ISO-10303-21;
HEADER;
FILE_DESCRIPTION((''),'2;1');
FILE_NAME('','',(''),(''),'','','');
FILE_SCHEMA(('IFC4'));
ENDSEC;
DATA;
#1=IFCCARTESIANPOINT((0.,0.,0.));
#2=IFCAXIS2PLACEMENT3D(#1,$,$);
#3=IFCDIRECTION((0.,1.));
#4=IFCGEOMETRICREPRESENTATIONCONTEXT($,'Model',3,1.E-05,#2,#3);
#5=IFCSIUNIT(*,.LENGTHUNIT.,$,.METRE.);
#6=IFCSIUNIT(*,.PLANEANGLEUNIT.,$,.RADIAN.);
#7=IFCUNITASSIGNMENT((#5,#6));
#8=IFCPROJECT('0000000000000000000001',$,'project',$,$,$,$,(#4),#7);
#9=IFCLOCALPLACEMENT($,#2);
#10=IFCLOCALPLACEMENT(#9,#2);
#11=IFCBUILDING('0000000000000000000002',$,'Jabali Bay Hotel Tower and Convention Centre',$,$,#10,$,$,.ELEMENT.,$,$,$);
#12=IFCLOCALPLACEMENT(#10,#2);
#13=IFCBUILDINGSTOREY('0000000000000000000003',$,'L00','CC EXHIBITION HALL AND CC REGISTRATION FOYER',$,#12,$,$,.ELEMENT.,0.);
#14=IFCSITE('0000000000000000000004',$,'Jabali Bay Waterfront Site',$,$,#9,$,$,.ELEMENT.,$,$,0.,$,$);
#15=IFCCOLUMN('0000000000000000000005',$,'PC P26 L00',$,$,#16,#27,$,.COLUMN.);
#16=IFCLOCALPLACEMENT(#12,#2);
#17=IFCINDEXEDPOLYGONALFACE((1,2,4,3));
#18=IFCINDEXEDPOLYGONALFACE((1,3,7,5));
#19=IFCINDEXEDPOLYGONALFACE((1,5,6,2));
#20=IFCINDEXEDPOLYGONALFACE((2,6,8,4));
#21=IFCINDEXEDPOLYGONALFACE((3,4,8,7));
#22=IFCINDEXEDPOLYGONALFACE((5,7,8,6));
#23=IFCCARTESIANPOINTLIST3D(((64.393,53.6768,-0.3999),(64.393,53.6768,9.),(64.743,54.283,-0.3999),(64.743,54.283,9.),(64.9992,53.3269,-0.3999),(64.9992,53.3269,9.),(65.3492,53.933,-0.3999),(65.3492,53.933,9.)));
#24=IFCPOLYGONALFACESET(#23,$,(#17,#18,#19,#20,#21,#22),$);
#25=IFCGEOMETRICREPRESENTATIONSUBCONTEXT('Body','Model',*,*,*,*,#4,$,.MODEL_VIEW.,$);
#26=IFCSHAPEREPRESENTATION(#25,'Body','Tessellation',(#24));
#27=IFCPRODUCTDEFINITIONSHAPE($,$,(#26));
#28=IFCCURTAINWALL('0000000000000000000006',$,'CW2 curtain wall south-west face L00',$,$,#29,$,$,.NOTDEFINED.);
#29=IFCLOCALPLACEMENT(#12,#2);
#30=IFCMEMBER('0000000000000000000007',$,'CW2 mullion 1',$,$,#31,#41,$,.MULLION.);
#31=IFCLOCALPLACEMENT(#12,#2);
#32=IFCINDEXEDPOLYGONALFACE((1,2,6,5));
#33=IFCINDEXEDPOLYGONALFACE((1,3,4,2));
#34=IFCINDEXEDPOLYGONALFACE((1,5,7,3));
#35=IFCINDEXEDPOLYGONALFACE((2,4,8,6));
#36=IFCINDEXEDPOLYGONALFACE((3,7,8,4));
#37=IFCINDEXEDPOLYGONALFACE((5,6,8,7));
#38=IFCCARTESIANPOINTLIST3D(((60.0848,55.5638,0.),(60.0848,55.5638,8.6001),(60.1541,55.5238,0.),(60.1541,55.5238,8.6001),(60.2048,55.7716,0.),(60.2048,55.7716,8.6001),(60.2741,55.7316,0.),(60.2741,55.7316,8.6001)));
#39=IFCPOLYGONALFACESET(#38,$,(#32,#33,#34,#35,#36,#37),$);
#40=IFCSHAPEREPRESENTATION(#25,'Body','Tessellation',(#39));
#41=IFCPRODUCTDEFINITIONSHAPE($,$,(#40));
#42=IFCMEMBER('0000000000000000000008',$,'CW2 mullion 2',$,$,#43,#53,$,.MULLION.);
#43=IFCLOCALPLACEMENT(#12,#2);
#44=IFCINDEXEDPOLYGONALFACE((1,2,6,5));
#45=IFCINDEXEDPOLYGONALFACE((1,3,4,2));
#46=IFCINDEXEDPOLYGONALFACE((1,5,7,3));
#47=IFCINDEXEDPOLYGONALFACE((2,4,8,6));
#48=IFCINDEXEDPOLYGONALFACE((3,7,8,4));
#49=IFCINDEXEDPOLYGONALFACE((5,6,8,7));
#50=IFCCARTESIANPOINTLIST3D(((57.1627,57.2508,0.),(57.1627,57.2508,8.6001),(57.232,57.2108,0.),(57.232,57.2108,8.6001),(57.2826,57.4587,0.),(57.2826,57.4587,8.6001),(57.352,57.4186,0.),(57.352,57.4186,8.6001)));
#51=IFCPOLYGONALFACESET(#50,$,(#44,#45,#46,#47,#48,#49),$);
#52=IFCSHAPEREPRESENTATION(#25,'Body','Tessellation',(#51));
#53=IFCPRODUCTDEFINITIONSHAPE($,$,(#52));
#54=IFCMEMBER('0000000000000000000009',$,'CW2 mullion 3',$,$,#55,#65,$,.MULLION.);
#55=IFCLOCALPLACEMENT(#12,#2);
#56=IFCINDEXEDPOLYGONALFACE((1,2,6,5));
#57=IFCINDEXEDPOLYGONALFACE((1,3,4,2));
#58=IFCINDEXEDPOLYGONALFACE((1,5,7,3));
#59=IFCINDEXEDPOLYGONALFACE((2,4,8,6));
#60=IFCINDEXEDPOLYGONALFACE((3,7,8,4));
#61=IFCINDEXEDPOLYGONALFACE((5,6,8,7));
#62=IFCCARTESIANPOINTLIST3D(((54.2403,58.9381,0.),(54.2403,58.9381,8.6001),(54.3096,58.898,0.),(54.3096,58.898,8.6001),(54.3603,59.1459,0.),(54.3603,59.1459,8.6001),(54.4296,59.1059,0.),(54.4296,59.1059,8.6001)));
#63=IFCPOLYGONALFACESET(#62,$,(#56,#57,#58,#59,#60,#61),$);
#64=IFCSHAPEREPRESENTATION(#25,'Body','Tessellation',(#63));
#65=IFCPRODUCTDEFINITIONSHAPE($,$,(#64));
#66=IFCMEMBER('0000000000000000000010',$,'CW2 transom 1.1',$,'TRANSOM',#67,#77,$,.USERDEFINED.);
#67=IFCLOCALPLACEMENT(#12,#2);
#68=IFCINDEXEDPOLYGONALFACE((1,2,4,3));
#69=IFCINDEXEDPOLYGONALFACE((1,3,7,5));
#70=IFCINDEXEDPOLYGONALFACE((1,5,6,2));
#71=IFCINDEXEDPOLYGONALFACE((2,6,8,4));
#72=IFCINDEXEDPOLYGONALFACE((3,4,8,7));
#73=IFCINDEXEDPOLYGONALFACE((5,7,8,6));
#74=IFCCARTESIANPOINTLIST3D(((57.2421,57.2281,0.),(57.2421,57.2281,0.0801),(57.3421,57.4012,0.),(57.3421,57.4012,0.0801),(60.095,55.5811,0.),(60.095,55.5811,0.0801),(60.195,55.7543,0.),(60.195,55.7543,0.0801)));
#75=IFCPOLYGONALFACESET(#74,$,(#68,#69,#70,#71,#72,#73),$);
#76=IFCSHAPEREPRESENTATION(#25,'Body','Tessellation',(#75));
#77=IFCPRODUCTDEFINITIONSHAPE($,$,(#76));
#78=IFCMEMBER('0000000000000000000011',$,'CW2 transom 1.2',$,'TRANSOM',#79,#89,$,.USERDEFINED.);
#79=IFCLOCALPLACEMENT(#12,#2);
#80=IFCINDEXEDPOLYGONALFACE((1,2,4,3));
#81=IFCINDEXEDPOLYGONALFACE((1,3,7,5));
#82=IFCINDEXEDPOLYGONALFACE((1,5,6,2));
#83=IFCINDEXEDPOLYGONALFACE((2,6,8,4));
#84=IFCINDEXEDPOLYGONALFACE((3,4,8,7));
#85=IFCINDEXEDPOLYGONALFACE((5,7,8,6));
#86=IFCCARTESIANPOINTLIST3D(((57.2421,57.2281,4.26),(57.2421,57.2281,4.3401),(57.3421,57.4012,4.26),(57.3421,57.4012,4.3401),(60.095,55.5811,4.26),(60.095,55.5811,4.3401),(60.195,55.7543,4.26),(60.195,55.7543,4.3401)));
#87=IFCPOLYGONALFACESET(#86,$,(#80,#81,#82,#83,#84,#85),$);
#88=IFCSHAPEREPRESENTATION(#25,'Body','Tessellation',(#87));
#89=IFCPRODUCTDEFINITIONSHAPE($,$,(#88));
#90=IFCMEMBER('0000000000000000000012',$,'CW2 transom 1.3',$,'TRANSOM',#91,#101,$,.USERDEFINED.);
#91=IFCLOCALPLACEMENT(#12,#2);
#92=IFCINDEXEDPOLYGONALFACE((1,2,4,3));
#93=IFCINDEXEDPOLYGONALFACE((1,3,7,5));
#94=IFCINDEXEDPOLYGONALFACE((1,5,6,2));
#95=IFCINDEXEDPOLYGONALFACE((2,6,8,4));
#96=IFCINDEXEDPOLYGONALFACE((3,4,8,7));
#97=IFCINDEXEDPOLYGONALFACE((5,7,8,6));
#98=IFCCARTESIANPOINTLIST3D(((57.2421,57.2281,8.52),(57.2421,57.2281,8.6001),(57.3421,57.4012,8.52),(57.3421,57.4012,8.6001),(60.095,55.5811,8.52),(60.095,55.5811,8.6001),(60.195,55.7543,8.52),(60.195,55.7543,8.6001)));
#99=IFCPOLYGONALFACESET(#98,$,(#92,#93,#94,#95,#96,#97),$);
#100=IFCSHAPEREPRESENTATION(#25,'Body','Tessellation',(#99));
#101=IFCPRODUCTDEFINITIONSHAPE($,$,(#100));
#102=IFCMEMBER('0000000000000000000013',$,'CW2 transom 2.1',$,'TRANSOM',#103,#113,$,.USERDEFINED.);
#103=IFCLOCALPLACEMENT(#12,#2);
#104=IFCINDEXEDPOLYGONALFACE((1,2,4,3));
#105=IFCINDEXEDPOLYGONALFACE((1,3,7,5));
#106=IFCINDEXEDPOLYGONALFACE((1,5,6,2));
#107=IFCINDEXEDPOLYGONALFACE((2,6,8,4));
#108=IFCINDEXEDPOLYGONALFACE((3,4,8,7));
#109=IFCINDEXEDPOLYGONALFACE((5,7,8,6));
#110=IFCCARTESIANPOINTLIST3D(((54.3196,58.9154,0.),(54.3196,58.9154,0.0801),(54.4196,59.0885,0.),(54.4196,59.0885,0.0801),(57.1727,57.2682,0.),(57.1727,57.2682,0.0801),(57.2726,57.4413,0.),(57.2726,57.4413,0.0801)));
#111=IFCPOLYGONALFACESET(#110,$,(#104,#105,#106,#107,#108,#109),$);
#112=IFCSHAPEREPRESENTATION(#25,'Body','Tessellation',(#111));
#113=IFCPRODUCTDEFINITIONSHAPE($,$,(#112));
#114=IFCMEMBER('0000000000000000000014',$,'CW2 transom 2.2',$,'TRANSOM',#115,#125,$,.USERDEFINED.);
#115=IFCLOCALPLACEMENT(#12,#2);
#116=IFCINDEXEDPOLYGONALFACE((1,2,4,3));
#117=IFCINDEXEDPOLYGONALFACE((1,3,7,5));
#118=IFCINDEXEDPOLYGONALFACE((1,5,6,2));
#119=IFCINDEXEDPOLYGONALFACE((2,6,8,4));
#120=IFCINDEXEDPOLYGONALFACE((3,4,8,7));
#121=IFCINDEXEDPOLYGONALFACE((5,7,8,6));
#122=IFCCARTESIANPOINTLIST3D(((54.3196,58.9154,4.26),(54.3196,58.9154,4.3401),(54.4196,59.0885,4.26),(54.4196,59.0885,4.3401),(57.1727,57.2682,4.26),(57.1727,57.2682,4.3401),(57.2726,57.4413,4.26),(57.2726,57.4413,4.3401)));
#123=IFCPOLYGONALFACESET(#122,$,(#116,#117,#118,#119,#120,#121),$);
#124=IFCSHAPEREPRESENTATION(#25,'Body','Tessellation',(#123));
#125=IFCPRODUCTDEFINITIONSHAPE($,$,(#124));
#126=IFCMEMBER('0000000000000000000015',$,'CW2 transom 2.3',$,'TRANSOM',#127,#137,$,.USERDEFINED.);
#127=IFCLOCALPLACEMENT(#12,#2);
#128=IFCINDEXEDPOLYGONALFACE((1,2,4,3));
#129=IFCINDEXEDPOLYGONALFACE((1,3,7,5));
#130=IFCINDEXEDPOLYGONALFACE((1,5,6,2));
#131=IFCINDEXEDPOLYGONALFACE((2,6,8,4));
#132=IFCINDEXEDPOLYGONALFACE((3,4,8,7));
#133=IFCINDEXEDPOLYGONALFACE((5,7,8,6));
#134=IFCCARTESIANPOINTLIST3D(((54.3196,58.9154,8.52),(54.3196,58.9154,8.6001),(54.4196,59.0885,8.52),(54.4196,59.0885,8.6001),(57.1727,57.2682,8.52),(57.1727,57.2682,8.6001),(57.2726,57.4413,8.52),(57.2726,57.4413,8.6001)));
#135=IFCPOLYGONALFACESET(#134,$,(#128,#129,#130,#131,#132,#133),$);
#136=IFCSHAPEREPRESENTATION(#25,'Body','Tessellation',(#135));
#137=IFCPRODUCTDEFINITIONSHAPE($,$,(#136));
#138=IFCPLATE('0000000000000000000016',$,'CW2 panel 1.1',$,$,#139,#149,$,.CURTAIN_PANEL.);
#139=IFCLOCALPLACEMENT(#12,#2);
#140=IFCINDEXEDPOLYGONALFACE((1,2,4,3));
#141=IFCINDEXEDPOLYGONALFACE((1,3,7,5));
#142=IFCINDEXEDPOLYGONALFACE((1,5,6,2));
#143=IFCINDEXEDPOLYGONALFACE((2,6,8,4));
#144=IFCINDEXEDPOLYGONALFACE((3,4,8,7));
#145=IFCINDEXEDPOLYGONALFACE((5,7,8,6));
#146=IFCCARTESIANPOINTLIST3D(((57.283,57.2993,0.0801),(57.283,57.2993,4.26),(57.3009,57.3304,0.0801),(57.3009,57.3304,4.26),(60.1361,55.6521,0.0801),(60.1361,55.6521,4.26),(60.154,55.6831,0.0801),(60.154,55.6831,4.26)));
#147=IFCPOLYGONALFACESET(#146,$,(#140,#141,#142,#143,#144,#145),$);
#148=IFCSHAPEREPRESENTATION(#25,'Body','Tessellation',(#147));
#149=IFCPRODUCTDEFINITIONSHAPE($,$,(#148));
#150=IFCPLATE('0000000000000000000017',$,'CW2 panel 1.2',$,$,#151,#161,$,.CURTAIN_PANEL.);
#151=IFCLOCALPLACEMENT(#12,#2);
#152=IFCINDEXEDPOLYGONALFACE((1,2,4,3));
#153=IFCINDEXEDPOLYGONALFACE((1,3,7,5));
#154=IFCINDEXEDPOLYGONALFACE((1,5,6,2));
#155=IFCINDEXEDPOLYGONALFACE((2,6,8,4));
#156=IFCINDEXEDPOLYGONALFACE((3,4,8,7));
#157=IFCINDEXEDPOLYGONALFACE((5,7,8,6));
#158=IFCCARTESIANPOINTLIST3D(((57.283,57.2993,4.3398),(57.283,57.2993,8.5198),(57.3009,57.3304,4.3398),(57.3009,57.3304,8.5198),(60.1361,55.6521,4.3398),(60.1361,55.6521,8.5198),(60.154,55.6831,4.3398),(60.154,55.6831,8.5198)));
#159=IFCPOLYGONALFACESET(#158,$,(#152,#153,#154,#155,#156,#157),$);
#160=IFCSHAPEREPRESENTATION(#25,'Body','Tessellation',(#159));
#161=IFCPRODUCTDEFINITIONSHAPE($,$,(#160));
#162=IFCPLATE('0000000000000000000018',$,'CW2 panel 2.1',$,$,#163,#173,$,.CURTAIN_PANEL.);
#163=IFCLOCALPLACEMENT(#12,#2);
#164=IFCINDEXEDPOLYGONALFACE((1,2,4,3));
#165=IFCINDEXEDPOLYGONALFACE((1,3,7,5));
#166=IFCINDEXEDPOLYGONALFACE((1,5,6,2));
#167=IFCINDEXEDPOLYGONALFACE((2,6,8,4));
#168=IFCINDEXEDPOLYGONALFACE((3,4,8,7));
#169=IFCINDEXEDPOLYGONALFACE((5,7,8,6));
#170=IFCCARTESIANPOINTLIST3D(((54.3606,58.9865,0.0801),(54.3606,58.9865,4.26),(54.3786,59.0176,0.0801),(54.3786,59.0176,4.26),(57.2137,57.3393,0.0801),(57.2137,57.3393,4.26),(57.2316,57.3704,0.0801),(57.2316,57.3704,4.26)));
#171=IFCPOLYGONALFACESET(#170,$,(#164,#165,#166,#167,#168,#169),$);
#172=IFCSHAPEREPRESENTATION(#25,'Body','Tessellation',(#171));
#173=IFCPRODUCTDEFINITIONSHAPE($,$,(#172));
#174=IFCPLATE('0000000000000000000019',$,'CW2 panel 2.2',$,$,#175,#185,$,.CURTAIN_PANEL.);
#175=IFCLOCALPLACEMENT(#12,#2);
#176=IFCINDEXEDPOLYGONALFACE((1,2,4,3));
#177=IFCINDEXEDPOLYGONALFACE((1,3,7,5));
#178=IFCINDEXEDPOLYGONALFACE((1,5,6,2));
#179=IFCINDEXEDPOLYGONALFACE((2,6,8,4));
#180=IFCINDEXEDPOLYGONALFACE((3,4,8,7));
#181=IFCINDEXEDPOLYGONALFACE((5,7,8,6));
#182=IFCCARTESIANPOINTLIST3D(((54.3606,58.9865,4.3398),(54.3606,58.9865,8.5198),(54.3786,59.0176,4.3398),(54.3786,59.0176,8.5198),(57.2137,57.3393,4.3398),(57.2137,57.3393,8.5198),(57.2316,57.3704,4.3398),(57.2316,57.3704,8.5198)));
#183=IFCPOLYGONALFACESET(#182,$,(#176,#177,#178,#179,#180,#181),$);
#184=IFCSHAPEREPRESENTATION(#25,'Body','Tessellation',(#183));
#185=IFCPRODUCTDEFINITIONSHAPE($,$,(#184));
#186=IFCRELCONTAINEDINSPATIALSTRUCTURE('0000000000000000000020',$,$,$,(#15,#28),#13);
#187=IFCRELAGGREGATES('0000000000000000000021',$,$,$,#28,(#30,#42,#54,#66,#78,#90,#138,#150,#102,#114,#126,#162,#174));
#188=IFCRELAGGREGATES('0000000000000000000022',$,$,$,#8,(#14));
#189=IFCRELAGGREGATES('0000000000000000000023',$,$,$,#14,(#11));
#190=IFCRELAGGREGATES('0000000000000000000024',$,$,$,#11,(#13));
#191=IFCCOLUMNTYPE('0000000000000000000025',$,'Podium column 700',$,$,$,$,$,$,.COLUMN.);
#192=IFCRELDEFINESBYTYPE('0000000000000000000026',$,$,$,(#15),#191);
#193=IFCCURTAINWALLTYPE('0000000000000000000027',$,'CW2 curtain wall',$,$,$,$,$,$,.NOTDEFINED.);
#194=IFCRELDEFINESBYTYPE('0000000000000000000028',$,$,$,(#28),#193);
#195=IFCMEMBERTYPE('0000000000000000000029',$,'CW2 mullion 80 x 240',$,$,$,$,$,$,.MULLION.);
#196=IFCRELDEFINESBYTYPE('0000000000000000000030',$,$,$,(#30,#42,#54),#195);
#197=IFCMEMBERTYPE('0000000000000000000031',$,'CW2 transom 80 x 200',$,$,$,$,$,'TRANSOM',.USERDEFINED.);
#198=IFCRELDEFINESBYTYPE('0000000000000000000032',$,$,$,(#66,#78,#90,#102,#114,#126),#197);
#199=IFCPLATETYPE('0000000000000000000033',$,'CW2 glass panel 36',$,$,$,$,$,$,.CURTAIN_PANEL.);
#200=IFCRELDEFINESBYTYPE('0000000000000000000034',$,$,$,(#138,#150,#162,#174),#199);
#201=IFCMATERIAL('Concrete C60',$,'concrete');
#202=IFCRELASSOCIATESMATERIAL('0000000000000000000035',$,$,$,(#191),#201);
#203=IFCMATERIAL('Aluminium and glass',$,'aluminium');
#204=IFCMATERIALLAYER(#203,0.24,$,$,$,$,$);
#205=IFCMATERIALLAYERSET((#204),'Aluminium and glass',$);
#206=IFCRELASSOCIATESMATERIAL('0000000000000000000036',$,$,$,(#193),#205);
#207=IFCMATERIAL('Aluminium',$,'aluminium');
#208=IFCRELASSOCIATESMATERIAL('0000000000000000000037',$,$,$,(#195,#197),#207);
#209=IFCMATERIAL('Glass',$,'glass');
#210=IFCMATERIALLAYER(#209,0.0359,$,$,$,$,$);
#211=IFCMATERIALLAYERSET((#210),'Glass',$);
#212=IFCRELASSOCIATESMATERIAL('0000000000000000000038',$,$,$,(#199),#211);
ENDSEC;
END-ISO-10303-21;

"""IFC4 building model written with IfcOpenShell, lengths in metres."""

from ifc_helpers import new_model, si_unit, direction, frame, origin, origin_2d, place, context, subcontext, project, spatial, rectangle, extrude, material, layer, layer_set, material_profile, profile_set, type_object, element, aggregate, save


model = new_model("IFC4")

# Units and contexts
model_context = context("Model", 3, precision=1e-05, world=origin(), true_north=direction((0.0, 1.0)))
body_context = subcontext(model_context, "Body", "Model", "MODEL_VIEW")
ifc_project = project(units=[si_unit("LENGTHUNIT", "METRE"), si_unit("PLANEANGLEUNIT", "RADIAN")], contexts=[model_context])

# Site, building, storey
site_placement = place(None, origin())
site = spatial("IfcSite", under=ifc_project, at=site_placement, Name="Jabali Bay Waterfront Site", CompositionType="ELEMENT", RefElevation=0.0)
building_placement = place(site_placement, origin())
building = spatial("IfcBuilding", under=site, at=building_placement, Name="Jabali Bay Hotel Tower and Convention Centre", CompositionType="ELEMENT")
storey_placement = place(building_placement, origin())
storey = spatial("IfcBuildingStorey", under=building, at=storey_placement, Name="L00", Description="CC EXHIBITION HALL AND CC REGISTRATION FOYER", CompositionType="ELEMENT", Elevation=0.0)

# Column
ifc_material_1 = material(Name="Concrete C60", Category="concrete")
ifc_material_profile_1 = material_profile(ifc_material_1, rectangle(XDim=0.7, YDim=0.7, at=origin_2d()), Name="Podium column 700")
ifc_profile_set_1 = profile_set([ifc_material_profile_1], Name="Concrete C60")
column_type_1 = type_object("IfcColumnType", Name="Podium column 700", PredefinedType="COLUMN", material=ifc_profile_set_1)
for number, where, z_axis, x_axis, name in (
    (1, (64.8711, 53.8049, -0.3999), (0.0, 0.0, 1.0), (0.5, 0.866025, 0.0), "PC P26 L00"),
):
    element("IfcColumn", number, at=place(storey_placement, frame(where, z_axis=z_axis, x_axis=x_axis)), inside=storey, type_object=column_type_1, Name=name, PredefinedType="COLUMN", context=body_context, shape_type="SweptSolid", body=[
        extrude(rectangle(XDim=0.7, YDim=0.7, at=origin_2d()), origin(), (0.0, 0.0, 1.0), 9.3999),
    ])

# Curtain wall, members, plates
ifc_material_2 = material(Name="Aluminium and glass", Category="aluminium")
ifc_layer_1 = layer(ifc_material_2, 0.24)
ifc_layer_set_1 = layer_set([ifc_layer_1], Name="Aluminium and glass")
curtain_wall_type = type_object("IfcCurtainWallType", Name="CW2 curtain wall", PredefinedType="NOTDEFINED", material=ifc_layer_set_1)
curtain_wall_placement = place(storey_placement, origin())
curtain_wall = element("IfcCurtainWall", 2, at=curtain_wall_placement, inside=storey, type_object=curtain_wall_type, Name="CW2 curtain wall south-west face L00", PredefinedType="NOTDEFINED")
ifc_material_3 = material(Name="Aluminium", Category="aluminium")
ifc_material_profile_2 = material_profile(ifc_material_3, rectangle(XDim=0.24, YDim=0.0801, at=origin_2d()), Name="CW2 mullion 80 x 240")
ifc_profile_set_2 = profile_set([ifc_material_profile_2], Name="Aluminium")
member_type_1 = type_object("IfcMemberType", Name="CW2 mullion 80 x 240", PredefinedType="MULLION", material=ifc_profile_set_2)
member_1_placement = place(storey_placement, frame((60.1794, 55.6477, 0.0), z_axis=(0.0, 0.0, 1.0), x_axis=(-0.5, -0.866025, 0.0)))
member_1 = element("IfcMember", 3, at=member_1_placement, type_object=member_type_1, Name="CW2 mullion 1", PredefinedType="MULLION", context=body_context, shape_type="SweptSolid", body=[
    extrude(rectangle(XDim=0.24, YDim=0.0801, at=origin_2d()), origin(), (0.0, 0.0, 1.0), 8.6001),
])
member_2_placement = place(storey_placement, frame((57.2573, 57.3347, 0.0), z_axis=(0.0, 0.0, 1.0), x_axis=(-0.5, -0.866025, 0.0)))
member_2 = element("IfcMember", 4, at=member_2_placement, type_object=member_type_1, Name="CW2 mullion 2", PredefinedType="MULLION", context=body_context, shape_type="SweptSolid", body=[
    extrude(rectangle(XDim=0.24, YDim=0.0801, at=origin_2d()), origin(), (0.0, 0.0, 1.0), 8.6001),
])
member_3_placement = place(storey_placement, frame((54.335, 59.022, 0.0), z_axis=(0.0, 0.0, 1.0), x_axis=(-0.5, -0.866025, 0.0)))
member_3 = element("IfcMember", 5, at=member_3_placement, type_object=member_type_1, Name="CW2 mullion 3", PredefinedType="MULLION", context=body_context, shape_type="SweptSolid", body=[
    extrude(rectangle(XDim=0.24, YDim=0.0801, at=origin_2d()), origin(), (0.0, 0.0, 1.0), 8.6001),
])
ifc_material_profile_3 = material_profile(ifc_material_3, rectangle(XDim=0.2, YDim=0.0801, at=origin_2d()), Name="CW2 transom 80 x 200")
ifc_profile_set_3 = profile_set([ifc_material_profile_3], Name="Aluminium")
member_type_2 = type_object("IfcMemberType", Name="CW2 transom 80 x 200", ElementType="TRANSOM", PredefinedType="USERDEFINED", material=ifc_profile_set_3)
member_4_placement = place(storey_placement, frame((60.145, 55.6677, 0.04), z_axis=(-0.866055, 0.499949, 0.0), x_axis=(-0.499949, -0.866055, 0.0)))
member_4 = element("IfcMember", 6, at=member_4_placement, type_object=member_type_2, Name="CW2 transom 1.1", ObjectType="TRANSOM", PredefinedType="USERDEFINED", context=body_context, shape_type="SweptSolid", body=[
    extrude(rectangle(XDim=0.2, YDim=0.0801, at=origin_2d()), origin(), (0.0, 0.0, 1.0), 3.2942),
])
member_5_placement = place(storey_placement, frame((60.145, 55.6677, 4.3), z_axis=(-0.866055, 0.499949, 0.0), x_axis=(-0.499949, -0.866055, 0.0)))
member_5 = element("IfcMember", 7, at=member_5_placement, type_object=member_type_2, Name="CW2 transom 1.2", ObjectType="TRANSOM", PredefinedType="USERDEFINED", context=body_context, shape_type="SweptSolid", body=[
    extrude(rectangle(XDim=0.2, YDim=0.0801, at=origin_2d()), origin(), (0.0, 0.0, 1.0), 3.2942),
])
member_6_placement = place(storey_placement, frame((60.145, 55.6677, 8.5601), z_axis=(-0.866055, 0.499949, 0.0), x_axis=(-0.499949, -0.866055, 0.0)))
member_6 = element("IfcMember", 8, at=member_6_placement, type_object=member_type_2, Name="CW2 transom 1.3", ObjectType="TRANSOM", PredefinedType="USERDEFINED", context=body_context, shape_type="SweptSolid", body=[
    extrude(rectangle(XDim=0.2, YDim=0.0801, at=origin_2d()), origin(), (0.0, 0.0, 1.0), 3.2942),
])
member_7_placement = place(storey_placement, frame((57.2227, 57.3547, 0.04), z_axis=(-0.866023, 0.500005, 0.0), x_axis=(-0.500005, -0.866023, 0.0)))
member_7 = element("IfcMember", 9, at=member_7_placement, type_object=member_type_2, Name="CW2 transom 2.1", ObjectType="TRANSOM", PredefinedType="USERDEFINED", context=body_context, shape_type="SweptSolid", body=[
    extrude(rectangle(XDim=0.2, YDim=0.0801, at=origin_2d()), origin(), (0.0, 0.0, 1.0), 3.2944),
])
member_8_placement = place(storey_placement, frame((57.2227, 57.3547, 4.3), z_axis=(-0.866023, 0.500005, 0.0), x_axis=(-0.500005, -0.866023, 0.0)))
member_8 = element("IfcMember", 10, at=member_8_placement, type_object=member_type_2, Name="CW2 transom 2.2", ObjectType="TRANSOM", PredefinedType="USERDEFINED", context=body_context, shape_type="SweptSolid", body=[
    extrude(rectangle(XDim=0.2, YDim=0.0801, at=origin_2d()), origin(), (0.0, 0.0, 1.0), 3.2944),
])
member_9_placement = place(storey_placement, frame((57.2227, 57.3547, 8.5601), z_axis=(-0.866023, 0.500005, 0.0), x_axis=(-0.500005, -0.866023, 0.0)))
member_9 = element("IfcMember", 11, at=member_9_placement, type_object=member_type_2, Name="CW2 transom 2.3", ObjectType="TRANSOM", PredefinedType="USERDEFINED", context=body_context, shape_type="SweptSolid", body=[
    extrude(rectangle(XDim=0.2, YDim=0.0801, at=origin_2d()), origin(), (0.0, 0.0, 1.0), 3.2944),
])
ifc_material_4 = material(Name="Glass", Category="glass")
ifc_layer_2 = layer(ifc_material_4, 0.0359)
ifc_layer_set_2 = layer_set([ifc_layer_2], Name="Glass")
plate_type = type_object("IfcPlateType", Name="CW2 glass panel 36", PredefinedType="CURTAIN_PANEL", material=ifc_layer_set_2)
plate_1_placement = place(storey_placement, frame((58.7185, 56.4912, 0.0801), z_axis=(0.0, 0.0, 1.0), x_axis=(-0.866025, 0.5, 0.0)))
plate_1 = element("IfcPlate", 12, at=plate_1_placement, type_object=plate_type, Name="CW2 panel 1.1", PredefinedType="CURTAIN_PANEL", context=body_context, shape_type="SweptSolid", body=[
    extrude(rectangle(XDim=3.2944, YDim=0.0359, at=origin_2d()), origin(), (0.0, 0.0, 1.0), 4.1799),
])
plate_2_placement = place(storey_placement, frame((58.7185, 56.4912, 4.3398), z_axis=(0.0, 0.0, 1.0), x_axis=(-0.866025, 0.5, 0.0)))
plate_2 = element("IfcPlate", 13, at=plate_2_placement, type_object=plate_type, Name="CW2 panel 1.2", PredefinedType="CURTAIN_PANEL", context=body_context, shape_type="SweptSolid", body=[
    extrude(rectangle(XDim=3.2944, YDim=0.0359, at=origin_2d()), origin(), (0.0, 0.0, 1.0), 4.1799),
])
plate_3_placement = place(storey_placement, frame((55.7961, 58.1785, 0.0801), z_axis=(0.0, 0.0, 1.0), x_axis=(-0.866025, 0.5, 0.0)))
plate_3 = element("IfcPlate", 14, at=plate_3_placement, type_object=plate_type, Name="CW2 panel 2.1", PredefinedType="CURTAIN_PANEL", context=body_context, shape_type="SweptSolid", body=[
    extrude(rectangle(XDim=3.2944, YDim=0.0359, at=origin_2d()), origin(), (0.0, 0.0, 1.0), 4.1799),
])
plate_4_placement = place(storey_placement, frame((55.7961, 58.1785, 4.3398), z_axis=(0.0, 0.0, 1.0), x_axis=(-0.866025, 0.5, 0.0)))
plate_4 = element("IfcPlate", 15, at=plate_4_placement, type_object=plate_type, Name="CW2 panel 2.2", PredefinedType="CURTAIN_PANEL", context=body_context, shape_type="SweptSolid", body=[
    extrude(rectangle(XDim=3.2944, YDim=0.0359, at=origin_2d()), origin(), (0.0, 0.0, 1.0), 4.1799),
])
aggregate(curtain_wall, [member_1, member_2, member_3, member_4, member_5, member_6, plate_1, plate_2, member_7, member_8, member_9, plate_3, plate_4])

save(model, "model.ifc")
